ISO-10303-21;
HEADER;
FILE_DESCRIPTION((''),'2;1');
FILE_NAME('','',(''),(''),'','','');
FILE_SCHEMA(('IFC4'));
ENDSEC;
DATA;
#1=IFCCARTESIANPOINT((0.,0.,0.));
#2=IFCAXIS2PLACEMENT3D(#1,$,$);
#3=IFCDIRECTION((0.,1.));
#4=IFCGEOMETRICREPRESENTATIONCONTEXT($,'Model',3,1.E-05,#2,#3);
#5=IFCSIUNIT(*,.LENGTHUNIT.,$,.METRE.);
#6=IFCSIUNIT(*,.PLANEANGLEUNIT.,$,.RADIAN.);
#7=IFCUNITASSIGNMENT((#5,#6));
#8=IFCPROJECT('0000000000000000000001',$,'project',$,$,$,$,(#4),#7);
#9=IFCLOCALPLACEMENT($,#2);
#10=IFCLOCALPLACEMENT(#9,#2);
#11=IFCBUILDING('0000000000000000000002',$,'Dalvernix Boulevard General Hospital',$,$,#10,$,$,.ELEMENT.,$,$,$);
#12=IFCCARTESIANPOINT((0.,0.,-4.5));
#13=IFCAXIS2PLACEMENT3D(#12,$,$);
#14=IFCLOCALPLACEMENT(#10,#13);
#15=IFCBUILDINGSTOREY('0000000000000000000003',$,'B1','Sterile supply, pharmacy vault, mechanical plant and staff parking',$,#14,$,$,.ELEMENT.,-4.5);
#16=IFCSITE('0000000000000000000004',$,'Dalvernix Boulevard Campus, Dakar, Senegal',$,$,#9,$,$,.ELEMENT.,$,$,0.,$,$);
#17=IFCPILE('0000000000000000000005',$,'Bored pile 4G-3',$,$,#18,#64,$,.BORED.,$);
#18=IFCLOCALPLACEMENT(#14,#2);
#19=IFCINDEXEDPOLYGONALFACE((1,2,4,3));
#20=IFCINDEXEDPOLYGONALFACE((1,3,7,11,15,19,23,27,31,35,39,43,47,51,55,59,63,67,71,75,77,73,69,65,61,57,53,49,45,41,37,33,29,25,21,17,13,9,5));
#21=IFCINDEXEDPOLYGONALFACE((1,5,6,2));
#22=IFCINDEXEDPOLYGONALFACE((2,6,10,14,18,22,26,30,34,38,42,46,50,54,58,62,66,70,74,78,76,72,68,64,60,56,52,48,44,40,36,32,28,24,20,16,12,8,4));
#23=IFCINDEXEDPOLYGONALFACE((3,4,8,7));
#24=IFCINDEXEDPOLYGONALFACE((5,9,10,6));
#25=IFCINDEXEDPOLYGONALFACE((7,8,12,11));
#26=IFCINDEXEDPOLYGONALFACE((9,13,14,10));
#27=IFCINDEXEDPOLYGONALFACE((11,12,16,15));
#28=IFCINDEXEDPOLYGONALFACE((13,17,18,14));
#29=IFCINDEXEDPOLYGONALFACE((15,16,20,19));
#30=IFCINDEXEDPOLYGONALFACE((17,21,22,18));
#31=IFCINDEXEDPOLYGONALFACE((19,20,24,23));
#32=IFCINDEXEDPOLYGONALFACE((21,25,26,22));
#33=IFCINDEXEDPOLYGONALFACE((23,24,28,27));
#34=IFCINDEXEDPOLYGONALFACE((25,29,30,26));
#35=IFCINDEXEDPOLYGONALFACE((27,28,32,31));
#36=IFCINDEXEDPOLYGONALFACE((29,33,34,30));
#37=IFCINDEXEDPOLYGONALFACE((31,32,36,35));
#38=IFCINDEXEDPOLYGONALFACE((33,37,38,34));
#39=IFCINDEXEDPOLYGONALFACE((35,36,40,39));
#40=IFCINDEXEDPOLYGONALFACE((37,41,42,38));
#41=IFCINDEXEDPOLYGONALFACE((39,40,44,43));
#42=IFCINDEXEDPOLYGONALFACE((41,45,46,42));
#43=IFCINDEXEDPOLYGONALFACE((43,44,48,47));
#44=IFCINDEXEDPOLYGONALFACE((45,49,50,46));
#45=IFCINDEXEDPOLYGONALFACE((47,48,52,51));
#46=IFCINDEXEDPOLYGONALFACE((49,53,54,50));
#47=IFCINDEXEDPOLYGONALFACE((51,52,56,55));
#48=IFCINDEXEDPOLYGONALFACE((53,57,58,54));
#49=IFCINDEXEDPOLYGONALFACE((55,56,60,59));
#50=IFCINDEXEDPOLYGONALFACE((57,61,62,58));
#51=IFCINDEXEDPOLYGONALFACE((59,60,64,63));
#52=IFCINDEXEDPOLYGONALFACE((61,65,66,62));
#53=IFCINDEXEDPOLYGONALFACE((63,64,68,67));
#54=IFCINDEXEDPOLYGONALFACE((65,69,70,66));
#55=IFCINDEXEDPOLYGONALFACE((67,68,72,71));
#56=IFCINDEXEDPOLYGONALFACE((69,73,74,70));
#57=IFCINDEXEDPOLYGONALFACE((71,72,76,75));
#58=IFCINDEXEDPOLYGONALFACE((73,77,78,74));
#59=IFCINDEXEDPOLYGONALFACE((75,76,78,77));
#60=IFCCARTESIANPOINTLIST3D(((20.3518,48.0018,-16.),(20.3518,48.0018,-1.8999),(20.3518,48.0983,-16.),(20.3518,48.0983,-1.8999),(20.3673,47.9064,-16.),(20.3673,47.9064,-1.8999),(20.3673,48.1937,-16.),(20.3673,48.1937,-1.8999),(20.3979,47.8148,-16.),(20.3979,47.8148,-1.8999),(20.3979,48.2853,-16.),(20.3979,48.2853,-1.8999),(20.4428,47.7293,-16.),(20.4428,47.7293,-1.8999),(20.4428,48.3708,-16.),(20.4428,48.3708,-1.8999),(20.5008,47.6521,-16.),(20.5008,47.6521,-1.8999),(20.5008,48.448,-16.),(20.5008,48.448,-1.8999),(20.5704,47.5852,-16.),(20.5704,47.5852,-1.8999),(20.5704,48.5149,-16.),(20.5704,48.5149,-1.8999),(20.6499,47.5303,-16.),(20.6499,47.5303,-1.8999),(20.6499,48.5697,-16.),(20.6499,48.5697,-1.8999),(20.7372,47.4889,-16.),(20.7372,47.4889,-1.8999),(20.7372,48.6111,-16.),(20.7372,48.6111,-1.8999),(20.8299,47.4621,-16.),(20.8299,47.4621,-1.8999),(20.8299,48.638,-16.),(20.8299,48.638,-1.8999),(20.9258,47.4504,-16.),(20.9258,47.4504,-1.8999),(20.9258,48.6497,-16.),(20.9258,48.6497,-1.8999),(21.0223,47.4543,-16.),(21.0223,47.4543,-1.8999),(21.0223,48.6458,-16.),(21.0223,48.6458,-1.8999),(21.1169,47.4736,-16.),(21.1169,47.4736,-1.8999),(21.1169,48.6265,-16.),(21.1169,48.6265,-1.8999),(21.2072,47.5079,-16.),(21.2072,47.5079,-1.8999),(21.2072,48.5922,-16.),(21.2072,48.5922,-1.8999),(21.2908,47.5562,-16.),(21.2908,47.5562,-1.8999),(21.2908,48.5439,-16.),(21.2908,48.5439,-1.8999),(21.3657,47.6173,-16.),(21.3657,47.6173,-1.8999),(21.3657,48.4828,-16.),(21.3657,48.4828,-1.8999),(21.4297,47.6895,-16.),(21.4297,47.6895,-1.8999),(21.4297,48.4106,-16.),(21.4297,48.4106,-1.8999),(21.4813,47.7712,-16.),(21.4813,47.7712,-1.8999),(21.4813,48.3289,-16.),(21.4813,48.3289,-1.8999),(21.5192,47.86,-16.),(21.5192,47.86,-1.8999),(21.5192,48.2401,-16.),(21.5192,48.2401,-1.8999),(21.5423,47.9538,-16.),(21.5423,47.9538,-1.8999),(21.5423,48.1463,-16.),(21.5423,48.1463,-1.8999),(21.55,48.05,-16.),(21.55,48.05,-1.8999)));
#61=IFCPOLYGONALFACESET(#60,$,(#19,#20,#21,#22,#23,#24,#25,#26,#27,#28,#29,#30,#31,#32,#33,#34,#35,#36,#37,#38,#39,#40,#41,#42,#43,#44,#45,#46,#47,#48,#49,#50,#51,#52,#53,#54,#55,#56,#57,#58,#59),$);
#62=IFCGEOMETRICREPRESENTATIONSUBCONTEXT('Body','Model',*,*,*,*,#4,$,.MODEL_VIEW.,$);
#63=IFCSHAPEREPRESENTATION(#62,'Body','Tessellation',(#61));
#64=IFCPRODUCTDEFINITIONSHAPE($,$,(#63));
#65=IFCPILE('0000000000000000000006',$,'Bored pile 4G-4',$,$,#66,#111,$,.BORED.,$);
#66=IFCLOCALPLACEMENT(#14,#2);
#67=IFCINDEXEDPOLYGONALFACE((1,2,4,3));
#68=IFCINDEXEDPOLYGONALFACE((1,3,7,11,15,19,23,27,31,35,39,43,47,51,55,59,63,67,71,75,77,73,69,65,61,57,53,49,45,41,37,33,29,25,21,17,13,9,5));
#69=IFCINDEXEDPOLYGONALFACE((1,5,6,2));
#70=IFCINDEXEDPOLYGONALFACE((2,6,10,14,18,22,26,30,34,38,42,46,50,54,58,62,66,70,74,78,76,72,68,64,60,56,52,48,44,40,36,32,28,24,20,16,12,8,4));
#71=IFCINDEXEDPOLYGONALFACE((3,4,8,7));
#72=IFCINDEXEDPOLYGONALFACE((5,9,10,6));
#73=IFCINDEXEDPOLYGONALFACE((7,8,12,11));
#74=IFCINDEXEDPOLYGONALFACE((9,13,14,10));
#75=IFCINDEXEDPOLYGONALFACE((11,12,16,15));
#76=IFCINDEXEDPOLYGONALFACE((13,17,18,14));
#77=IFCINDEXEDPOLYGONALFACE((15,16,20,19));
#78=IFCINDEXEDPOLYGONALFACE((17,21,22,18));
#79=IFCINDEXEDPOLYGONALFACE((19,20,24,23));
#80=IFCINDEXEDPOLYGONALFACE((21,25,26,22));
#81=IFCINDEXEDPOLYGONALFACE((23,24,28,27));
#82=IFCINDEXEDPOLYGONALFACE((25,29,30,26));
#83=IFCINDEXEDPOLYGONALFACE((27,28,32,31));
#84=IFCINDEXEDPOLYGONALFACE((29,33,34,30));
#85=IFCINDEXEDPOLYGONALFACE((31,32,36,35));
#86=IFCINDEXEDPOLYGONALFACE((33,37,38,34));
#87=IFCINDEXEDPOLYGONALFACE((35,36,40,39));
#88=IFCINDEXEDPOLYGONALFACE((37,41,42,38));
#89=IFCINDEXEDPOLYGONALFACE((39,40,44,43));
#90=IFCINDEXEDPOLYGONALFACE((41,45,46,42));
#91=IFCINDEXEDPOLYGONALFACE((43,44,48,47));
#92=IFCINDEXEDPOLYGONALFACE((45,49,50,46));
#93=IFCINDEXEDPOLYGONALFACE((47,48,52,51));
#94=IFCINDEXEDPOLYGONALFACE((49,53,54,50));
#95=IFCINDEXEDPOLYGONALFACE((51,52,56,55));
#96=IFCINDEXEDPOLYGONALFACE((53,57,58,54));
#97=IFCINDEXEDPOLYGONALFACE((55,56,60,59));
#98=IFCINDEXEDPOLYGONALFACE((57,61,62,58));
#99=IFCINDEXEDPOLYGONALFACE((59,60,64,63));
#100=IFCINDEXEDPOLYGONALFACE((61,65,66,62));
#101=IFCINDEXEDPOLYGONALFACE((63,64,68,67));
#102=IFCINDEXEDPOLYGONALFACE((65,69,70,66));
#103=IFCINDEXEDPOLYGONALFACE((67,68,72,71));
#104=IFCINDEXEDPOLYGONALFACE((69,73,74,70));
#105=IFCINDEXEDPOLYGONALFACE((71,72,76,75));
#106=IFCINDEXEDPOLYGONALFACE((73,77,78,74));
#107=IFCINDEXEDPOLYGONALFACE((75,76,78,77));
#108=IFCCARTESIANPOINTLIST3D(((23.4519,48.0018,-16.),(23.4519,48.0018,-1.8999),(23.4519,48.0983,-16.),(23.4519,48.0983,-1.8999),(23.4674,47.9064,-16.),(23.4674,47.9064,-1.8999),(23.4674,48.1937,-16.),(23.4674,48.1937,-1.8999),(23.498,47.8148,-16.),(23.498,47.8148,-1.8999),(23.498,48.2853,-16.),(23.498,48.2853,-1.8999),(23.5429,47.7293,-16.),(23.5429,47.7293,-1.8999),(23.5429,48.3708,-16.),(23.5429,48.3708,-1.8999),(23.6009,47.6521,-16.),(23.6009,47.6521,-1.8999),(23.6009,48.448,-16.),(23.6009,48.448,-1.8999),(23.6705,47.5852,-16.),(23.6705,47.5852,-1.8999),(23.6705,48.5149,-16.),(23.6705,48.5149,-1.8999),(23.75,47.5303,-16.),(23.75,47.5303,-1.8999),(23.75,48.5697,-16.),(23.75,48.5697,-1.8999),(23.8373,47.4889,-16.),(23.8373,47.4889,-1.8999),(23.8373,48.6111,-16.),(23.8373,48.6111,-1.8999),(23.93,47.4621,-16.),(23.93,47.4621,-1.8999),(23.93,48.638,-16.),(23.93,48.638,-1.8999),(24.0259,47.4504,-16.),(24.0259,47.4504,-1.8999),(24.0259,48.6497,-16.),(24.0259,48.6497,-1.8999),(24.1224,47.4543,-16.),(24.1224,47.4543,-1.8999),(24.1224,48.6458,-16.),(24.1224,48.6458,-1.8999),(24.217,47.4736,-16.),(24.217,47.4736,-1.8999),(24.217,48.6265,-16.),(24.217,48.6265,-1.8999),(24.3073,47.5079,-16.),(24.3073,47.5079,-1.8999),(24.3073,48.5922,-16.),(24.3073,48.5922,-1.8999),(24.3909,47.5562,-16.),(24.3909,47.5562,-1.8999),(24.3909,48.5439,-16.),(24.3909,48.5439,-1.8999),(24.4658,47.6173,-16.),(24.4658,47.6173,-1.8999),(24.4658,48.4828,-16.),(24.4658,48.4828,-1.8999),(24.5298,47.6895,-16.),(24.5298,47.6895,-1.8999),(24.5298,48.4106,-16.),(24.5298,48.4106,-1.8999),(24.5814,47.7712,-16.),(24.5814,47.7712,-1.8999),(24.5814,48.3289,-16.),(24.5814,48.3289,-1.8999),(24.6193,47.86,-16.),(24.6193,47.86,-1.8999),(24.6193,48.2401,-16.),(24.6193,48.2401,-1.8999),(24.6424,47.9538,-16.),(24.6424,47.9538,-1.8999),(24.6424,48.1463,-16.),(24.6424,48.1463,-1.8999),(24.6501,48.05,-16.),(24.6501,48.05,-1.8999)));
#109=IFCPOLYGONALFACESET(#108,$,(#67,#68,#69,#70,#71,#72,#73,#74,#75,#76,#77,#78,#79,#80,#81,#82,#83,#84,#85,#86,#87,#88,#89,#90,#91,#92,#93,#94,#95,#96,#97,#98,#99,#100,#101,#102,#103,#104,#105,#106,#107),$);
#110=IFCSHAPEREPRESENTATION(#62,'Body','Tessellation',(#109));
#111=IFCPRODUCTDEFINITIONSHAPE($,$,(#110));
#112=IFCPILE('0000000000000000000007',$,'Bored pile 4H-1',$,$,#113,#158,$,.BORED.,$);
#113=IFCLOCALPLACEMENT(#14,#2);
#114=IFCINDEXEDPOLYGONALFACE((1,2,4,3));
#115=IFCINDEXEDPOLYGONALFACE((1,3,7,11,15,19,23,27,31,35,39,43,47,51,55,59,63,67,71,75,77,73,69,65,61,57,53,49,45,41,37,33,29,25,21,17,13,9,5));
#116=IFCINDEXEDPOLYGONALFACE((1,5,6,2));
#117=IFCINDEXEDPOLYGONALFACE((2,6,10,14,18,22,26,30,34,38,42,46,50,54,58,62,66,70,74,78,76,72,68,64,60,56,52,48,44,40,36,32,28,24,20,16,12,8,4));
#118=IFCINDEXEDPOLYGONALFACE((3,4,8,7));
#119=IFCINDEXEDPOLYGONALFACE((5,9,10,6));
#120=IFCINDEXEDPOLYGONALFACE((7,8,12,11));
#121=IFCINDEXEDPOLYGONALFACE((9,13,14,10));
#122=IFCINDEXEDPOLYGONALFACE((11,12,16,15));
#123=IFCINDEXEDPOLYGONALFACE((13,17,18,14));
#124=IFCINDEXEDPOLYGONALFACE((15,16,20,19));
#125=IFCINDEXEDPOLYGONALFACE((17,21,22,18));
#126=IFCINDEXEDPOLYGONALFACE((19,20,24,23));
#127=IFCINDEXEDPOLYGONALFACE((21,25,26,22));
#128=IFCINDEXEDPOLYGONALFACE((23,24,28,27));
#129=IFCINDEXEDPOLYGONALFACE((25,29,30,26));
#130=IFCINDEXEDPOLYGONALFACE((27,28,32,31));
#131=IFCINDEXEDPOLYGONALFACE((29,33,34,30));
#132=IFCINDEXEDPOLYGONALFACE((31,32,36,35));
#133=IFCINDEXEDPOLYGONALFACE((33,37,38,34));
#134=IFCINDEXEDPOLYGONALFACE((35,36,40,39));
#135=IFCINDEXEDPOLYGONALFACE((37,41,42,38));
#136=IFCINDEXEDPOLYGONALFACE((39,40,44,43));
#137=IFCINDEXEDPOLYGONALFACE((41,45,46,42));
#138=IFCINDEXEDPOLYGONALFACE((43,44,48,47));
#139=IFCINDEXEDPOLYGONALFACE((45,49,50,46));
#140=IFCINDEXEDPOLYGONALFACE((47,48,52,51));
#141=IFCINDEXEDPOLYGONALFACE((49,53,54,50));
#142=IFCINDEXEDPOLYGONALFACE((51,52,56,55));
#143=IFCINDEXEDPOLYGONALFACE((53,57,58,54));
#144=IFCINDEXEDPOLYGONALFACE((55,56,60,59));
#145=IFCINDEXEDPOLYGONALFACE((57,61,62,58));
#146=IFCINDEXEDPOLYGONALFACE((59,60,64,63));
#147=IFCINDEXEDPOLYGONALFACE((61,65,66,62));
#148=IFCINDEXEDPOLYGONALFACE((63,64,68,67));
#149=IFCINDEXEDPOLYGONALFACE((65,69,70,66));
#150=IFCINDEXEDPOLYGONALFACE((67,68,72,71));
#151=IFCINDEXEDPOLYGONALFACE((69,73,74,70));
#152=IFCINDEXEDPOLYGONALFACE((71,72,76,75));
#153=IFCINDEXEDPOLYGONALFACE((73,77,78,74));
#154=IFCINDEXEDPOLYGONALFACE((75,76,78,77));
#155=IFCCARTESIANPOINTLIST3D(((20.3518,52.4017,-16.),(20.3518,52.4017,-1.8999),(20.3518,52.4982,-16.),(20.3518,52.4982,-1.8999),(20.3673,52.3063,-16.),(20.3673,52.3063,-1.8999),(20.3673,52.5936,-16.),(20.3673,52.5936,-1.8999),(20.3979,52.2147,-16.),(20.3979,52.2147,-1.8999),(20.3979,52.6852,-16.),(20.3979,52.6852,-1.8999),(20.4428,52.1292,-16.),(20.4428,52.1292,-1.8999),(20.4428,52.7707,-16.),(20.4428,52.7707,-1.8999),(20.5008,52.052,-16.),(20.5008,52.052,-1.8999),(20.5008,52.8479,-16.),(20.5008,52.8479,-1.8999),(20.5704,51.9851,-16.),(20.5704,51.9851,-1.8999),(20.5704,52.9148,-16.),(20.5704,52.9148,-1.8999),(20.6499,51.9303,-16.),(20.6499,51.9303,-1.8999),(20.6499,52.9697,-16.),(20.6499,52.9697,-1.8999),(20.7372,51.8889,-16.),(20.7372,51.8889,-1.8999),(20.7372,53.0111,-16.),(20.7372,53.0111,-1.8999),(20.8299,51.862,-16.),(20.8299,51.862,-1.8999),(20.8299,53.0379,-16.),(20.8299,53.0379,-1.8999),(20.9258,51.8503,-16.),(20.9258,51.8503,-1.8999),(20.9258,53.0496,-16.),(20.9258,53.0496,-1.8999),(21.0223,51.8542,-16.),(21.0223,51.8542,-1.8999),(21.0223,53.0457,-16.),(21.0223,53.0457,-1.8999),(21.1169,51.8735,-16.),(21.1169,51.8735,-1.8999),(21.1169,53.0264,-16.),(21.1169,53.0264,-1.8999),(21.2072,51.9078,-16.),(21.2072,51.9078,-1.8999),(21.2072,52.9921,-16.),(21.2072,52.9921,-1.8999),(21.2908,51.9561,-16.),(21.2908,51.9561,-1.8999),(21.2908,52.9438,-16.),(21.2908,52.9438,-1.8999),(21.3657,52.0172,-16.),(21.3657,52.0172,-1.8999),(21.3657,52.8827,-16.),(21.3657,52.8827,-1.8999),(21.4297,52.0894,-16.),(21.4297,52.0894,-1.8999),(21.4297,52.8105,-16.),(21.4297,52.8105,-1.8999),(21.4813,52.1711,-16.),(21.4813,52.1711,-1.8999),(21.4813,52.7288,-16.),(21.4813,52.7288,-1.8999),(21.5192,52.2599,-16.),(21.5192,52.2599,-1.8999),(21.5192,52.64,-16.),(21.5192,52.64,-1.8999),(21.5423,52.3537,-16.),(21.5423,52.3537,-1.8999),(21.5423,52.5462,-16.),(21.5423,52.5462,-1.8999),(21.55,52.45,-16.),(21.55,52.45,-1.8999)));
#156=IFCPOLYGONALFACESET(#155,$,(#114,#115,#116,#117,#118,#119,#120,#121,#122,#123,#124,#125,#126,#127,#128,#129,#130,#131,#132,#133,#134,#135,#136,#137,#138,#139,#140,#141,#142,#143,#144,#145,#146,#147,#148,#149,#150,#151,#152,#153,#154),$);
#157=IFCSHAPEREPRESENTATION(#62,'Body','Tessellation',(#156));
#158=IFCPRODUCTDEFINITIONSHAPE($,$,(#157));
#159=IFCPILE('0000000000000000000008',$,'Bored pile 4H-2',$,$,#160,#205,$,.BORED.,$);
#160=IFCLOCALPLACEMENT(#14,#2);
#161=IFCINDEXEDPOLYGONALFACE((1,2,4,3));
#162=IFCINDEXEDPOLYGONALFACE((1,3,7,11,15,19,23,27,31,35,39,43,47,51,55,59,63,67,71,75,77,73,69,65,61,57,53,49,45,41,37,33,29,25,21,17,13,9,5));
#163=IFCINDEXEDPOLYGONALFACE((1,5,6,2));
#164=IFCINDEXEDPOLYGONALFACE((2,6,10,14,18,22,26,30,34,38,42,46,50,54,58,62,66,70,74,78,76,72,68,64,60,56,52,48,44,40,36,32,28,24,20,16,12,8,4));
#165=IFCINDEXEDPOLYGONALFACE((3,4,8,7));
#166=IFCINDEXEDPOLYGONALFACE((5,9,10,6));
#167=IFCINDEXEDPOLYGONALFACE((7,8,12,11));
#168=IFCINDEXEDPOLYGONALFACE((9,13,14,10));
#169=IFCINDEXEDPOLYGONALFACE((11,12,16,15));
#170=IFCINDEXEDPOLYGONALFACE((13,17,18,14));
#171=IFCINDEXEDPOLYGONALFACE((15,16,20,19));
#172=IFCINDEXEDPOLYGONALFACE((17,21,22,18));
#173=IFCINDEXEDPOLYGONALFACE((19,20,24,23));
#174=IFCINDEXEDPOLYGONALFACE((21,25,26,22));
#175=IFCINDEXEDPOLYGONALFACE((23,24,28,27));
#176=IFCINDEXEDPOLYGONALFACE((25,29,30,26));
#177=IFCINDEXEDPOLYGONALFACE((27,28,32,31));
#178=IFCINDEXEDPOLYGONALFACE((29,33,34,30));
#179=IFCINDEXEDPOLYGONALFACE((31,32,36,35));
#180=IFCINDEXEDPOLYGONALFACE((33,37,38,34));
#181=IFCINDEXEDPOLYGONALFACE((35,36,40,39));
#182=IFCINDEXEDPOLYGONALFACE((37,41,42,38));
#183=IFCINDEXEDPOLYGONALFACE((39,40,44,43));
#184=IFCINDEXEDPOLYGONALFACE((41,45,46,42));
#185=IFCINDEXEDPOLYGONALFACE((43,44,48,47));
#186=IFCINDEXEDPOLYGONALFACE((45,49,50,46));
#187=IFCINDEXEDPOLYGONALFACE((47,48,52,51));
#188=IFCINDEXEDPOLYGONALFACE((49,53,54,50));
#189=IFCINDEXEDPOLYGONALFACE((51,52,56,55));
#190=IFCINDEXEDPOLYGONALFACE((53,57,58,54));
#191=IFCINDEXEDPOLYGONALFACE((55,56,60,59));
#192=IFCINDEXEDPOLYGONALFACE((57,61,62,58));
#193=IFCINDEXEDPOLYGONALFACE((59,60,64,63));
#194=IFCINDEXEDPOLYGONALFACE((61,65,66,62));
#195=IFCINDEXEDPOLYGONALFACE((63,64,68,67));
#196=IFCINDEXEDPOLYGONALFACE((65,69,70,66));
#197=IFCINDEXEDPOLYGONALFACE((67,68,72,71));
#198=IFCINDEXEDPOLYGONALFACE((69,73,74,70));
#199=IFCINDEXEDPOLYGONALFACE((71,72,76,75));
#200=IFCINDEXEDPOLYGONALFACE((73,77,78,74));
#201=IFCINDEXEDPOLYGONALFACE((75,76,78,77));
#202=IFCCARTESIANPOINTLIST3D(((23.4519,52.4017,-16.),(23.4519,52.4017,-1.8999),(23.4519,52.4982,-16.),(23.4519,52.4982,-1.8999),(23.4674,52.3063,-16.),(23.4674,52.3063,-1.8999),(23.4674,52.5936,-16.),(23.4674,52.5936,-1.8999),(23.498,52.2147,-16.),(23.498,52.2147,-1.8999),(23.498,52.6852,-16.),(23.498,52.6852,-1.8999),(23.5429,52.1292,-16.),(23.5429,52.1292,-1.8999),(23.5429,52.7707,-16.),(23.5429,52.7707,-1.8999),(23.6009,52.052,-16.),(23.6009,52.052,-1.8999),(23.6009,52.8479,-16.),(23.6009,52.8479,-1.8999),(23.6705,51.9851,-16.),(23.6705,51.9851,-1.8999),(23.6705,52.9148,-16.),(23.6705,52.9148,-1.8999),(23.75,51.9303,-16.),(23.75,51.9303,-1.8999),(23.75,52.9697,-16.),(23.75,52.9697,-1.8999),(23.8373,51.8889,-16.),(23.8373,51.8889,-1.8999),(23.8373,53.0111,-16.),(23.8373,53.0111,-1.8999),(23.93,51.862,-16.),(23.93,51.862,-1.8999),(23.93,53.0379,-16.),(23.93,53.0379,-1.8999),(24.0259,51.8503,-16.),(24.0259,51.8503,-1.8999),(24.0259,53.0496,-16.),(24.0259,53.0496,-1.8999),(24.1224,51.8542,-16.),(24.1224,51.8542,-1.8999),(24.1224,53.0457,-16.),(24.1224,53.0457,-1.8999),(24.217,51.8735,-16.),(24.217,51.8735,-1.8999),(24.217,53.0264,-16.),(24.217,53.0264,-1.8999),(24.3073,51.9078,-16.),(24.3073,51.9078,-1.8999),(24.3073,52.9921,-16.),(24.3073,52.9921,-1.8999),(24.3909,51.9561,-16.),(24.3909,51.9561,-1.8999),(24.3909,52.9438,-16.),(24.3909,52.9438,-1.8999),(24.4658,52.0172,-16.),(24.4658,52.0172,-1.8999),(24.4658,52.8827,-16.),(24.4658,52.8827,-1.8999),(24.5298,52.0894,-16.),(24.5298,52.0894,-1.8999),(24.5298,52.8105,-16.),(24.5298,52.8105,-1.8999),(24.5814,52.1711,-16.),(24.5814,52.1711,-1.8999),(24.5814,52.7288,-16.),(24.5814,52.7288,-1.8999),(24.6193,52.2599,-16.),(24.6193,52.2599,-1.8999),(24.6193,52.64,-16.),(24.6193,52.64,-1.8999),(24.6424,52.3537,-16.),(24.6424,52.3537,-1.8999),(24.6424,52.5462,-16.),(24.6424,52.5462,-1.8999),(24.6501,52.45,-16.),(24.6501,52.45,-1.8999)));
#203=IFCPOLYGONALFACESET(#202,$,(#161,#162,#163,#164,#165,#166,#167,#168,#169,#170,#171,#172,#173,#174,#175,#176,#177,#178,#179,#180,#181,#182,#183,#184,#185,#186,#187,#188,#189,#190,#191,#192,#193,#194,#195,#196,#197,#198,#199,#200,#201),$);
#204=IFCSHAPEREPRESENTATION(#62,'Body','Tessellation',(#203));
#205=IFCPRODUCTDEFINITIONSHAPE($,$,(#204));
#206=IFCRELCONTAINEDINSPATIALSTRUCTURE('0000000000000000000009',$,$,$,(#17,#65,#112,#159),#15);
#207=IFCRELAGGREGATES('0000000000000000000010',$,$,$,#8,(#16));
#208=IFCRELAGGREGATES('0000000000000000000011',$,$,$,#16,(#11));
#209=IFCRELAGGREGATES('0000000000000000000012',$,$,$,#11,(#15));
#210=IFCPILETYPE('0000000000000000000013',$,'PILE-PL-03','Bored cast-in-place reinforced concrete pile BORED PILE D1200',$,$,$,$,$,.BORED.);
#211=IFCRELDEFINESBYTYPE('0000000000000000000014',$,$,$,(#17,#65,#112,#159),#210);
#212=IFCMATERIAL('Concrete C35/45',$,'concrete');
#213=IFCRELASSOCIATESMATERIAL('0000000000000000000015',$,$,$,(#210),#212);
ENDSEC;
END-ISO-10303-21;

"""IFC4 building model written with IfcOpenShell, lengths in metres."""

from ifc_helpers import new_model, si_unit, direction, frame, origin, origin_2d, place, context, subcontext, project, spatial, circle, extrude, material, material_profile, profile_set, type_object, element, save


model = new_model("IFC4")

# Units and contexts
model_context = context("Model", 3, precision=1e-05, world=origin(), true_north=direction((0.0, 1.0)))
body_context = subcontext(model_context, "Body", "Model", "MODEL_VIEW")
ifc_project = project(units=[si_unit("LENGTHUNIT", "METRE"), si_unit("PLANEANGLEUNIT", "RADIAN")], contexts=[model_context])

# Site, building, storey
site_placement = place(None, origin())
site = spatial("IfcSite", under=ifc_project, at=site_placement, Name="Dalvernix Boulevard Campus, Dakar, Senegal", CompositionType="ELEMENT", RefElevation=0.0)
building_placement = place(site_placement, origin())
building = spatial("IfcBuilding", under=site, at=building_placement, Name="Dalvernix Boulevard General Hospital", CompositionType="ELEMENT")
storey_placement = place(building_placement, frame((0.0, 0.0, -4.5)))
storey = spatial("IfcBuildingStorey", under=building, at=storey_placement, Name="B1", Description="Sterile supply, pharmacy vault, mechanical plant and staff parking", CompositionType="ELEMENT", Elevation=-4.5)

# Shared definitions
ifc_material_1 = material(Name="Concrete C35/45", Category="concrete")

# Piles
ifc_material_profile_1 = material_profile(ifc_material_1, circle(Radius=0.6001, at=origin_2d()), Name="BORED PILE D1200")
ifc_profile_set_1 = profile_set([ifc_material_profile_1], Name="Concrete C35/45")
pile_type = type_object("IfcPileType", Name="PILE-PL-03", Description="Bored cast-in-place reinforced concrete pile BORED PILE D1200", PredefinedType="BORED", material=ifc_profile_set_1)
for number, where, z_axis, x_axis, name in (
    (1, (20.95, 48.05, -1.8999), (0.0, 0.0, -1.0), (1.0, 0.0, 0.0), "Bored pile 4G-3"),
    (2, (24.05, 48.05, -1.8999), (0.0, 0.0, -1.0), (1.0, 0.0, 0.0), "Bored pile 4G-4"),
    (3, (20.95, 52.45, -1.8999), (0.0, 0.0, -1.0), (1.0, 0.0, 0.0), "Bored pile 4H-1"),
    (4, (24.05, 52.45, -1.8999), (0.0, 0.0, -1.0), (1.0, 0.0, 0.0), "Bored pile 4H-2"),
):
    element("IfcPile", number, at=place(storey_placement, frame(where, z_axis=z_axis, x_axis=x_axis)), inside=storey, type_object=pile_type, Name=name, PredefinedType="BORED", context=body_context, shape_type="SweptSolid", body=[
        extrude(circle(Radius=0.6001, at=origin_2d()), origin(), (0.0, 0.0, 1.0), 14.1001),
    ])

save(model, "model.ifc")
